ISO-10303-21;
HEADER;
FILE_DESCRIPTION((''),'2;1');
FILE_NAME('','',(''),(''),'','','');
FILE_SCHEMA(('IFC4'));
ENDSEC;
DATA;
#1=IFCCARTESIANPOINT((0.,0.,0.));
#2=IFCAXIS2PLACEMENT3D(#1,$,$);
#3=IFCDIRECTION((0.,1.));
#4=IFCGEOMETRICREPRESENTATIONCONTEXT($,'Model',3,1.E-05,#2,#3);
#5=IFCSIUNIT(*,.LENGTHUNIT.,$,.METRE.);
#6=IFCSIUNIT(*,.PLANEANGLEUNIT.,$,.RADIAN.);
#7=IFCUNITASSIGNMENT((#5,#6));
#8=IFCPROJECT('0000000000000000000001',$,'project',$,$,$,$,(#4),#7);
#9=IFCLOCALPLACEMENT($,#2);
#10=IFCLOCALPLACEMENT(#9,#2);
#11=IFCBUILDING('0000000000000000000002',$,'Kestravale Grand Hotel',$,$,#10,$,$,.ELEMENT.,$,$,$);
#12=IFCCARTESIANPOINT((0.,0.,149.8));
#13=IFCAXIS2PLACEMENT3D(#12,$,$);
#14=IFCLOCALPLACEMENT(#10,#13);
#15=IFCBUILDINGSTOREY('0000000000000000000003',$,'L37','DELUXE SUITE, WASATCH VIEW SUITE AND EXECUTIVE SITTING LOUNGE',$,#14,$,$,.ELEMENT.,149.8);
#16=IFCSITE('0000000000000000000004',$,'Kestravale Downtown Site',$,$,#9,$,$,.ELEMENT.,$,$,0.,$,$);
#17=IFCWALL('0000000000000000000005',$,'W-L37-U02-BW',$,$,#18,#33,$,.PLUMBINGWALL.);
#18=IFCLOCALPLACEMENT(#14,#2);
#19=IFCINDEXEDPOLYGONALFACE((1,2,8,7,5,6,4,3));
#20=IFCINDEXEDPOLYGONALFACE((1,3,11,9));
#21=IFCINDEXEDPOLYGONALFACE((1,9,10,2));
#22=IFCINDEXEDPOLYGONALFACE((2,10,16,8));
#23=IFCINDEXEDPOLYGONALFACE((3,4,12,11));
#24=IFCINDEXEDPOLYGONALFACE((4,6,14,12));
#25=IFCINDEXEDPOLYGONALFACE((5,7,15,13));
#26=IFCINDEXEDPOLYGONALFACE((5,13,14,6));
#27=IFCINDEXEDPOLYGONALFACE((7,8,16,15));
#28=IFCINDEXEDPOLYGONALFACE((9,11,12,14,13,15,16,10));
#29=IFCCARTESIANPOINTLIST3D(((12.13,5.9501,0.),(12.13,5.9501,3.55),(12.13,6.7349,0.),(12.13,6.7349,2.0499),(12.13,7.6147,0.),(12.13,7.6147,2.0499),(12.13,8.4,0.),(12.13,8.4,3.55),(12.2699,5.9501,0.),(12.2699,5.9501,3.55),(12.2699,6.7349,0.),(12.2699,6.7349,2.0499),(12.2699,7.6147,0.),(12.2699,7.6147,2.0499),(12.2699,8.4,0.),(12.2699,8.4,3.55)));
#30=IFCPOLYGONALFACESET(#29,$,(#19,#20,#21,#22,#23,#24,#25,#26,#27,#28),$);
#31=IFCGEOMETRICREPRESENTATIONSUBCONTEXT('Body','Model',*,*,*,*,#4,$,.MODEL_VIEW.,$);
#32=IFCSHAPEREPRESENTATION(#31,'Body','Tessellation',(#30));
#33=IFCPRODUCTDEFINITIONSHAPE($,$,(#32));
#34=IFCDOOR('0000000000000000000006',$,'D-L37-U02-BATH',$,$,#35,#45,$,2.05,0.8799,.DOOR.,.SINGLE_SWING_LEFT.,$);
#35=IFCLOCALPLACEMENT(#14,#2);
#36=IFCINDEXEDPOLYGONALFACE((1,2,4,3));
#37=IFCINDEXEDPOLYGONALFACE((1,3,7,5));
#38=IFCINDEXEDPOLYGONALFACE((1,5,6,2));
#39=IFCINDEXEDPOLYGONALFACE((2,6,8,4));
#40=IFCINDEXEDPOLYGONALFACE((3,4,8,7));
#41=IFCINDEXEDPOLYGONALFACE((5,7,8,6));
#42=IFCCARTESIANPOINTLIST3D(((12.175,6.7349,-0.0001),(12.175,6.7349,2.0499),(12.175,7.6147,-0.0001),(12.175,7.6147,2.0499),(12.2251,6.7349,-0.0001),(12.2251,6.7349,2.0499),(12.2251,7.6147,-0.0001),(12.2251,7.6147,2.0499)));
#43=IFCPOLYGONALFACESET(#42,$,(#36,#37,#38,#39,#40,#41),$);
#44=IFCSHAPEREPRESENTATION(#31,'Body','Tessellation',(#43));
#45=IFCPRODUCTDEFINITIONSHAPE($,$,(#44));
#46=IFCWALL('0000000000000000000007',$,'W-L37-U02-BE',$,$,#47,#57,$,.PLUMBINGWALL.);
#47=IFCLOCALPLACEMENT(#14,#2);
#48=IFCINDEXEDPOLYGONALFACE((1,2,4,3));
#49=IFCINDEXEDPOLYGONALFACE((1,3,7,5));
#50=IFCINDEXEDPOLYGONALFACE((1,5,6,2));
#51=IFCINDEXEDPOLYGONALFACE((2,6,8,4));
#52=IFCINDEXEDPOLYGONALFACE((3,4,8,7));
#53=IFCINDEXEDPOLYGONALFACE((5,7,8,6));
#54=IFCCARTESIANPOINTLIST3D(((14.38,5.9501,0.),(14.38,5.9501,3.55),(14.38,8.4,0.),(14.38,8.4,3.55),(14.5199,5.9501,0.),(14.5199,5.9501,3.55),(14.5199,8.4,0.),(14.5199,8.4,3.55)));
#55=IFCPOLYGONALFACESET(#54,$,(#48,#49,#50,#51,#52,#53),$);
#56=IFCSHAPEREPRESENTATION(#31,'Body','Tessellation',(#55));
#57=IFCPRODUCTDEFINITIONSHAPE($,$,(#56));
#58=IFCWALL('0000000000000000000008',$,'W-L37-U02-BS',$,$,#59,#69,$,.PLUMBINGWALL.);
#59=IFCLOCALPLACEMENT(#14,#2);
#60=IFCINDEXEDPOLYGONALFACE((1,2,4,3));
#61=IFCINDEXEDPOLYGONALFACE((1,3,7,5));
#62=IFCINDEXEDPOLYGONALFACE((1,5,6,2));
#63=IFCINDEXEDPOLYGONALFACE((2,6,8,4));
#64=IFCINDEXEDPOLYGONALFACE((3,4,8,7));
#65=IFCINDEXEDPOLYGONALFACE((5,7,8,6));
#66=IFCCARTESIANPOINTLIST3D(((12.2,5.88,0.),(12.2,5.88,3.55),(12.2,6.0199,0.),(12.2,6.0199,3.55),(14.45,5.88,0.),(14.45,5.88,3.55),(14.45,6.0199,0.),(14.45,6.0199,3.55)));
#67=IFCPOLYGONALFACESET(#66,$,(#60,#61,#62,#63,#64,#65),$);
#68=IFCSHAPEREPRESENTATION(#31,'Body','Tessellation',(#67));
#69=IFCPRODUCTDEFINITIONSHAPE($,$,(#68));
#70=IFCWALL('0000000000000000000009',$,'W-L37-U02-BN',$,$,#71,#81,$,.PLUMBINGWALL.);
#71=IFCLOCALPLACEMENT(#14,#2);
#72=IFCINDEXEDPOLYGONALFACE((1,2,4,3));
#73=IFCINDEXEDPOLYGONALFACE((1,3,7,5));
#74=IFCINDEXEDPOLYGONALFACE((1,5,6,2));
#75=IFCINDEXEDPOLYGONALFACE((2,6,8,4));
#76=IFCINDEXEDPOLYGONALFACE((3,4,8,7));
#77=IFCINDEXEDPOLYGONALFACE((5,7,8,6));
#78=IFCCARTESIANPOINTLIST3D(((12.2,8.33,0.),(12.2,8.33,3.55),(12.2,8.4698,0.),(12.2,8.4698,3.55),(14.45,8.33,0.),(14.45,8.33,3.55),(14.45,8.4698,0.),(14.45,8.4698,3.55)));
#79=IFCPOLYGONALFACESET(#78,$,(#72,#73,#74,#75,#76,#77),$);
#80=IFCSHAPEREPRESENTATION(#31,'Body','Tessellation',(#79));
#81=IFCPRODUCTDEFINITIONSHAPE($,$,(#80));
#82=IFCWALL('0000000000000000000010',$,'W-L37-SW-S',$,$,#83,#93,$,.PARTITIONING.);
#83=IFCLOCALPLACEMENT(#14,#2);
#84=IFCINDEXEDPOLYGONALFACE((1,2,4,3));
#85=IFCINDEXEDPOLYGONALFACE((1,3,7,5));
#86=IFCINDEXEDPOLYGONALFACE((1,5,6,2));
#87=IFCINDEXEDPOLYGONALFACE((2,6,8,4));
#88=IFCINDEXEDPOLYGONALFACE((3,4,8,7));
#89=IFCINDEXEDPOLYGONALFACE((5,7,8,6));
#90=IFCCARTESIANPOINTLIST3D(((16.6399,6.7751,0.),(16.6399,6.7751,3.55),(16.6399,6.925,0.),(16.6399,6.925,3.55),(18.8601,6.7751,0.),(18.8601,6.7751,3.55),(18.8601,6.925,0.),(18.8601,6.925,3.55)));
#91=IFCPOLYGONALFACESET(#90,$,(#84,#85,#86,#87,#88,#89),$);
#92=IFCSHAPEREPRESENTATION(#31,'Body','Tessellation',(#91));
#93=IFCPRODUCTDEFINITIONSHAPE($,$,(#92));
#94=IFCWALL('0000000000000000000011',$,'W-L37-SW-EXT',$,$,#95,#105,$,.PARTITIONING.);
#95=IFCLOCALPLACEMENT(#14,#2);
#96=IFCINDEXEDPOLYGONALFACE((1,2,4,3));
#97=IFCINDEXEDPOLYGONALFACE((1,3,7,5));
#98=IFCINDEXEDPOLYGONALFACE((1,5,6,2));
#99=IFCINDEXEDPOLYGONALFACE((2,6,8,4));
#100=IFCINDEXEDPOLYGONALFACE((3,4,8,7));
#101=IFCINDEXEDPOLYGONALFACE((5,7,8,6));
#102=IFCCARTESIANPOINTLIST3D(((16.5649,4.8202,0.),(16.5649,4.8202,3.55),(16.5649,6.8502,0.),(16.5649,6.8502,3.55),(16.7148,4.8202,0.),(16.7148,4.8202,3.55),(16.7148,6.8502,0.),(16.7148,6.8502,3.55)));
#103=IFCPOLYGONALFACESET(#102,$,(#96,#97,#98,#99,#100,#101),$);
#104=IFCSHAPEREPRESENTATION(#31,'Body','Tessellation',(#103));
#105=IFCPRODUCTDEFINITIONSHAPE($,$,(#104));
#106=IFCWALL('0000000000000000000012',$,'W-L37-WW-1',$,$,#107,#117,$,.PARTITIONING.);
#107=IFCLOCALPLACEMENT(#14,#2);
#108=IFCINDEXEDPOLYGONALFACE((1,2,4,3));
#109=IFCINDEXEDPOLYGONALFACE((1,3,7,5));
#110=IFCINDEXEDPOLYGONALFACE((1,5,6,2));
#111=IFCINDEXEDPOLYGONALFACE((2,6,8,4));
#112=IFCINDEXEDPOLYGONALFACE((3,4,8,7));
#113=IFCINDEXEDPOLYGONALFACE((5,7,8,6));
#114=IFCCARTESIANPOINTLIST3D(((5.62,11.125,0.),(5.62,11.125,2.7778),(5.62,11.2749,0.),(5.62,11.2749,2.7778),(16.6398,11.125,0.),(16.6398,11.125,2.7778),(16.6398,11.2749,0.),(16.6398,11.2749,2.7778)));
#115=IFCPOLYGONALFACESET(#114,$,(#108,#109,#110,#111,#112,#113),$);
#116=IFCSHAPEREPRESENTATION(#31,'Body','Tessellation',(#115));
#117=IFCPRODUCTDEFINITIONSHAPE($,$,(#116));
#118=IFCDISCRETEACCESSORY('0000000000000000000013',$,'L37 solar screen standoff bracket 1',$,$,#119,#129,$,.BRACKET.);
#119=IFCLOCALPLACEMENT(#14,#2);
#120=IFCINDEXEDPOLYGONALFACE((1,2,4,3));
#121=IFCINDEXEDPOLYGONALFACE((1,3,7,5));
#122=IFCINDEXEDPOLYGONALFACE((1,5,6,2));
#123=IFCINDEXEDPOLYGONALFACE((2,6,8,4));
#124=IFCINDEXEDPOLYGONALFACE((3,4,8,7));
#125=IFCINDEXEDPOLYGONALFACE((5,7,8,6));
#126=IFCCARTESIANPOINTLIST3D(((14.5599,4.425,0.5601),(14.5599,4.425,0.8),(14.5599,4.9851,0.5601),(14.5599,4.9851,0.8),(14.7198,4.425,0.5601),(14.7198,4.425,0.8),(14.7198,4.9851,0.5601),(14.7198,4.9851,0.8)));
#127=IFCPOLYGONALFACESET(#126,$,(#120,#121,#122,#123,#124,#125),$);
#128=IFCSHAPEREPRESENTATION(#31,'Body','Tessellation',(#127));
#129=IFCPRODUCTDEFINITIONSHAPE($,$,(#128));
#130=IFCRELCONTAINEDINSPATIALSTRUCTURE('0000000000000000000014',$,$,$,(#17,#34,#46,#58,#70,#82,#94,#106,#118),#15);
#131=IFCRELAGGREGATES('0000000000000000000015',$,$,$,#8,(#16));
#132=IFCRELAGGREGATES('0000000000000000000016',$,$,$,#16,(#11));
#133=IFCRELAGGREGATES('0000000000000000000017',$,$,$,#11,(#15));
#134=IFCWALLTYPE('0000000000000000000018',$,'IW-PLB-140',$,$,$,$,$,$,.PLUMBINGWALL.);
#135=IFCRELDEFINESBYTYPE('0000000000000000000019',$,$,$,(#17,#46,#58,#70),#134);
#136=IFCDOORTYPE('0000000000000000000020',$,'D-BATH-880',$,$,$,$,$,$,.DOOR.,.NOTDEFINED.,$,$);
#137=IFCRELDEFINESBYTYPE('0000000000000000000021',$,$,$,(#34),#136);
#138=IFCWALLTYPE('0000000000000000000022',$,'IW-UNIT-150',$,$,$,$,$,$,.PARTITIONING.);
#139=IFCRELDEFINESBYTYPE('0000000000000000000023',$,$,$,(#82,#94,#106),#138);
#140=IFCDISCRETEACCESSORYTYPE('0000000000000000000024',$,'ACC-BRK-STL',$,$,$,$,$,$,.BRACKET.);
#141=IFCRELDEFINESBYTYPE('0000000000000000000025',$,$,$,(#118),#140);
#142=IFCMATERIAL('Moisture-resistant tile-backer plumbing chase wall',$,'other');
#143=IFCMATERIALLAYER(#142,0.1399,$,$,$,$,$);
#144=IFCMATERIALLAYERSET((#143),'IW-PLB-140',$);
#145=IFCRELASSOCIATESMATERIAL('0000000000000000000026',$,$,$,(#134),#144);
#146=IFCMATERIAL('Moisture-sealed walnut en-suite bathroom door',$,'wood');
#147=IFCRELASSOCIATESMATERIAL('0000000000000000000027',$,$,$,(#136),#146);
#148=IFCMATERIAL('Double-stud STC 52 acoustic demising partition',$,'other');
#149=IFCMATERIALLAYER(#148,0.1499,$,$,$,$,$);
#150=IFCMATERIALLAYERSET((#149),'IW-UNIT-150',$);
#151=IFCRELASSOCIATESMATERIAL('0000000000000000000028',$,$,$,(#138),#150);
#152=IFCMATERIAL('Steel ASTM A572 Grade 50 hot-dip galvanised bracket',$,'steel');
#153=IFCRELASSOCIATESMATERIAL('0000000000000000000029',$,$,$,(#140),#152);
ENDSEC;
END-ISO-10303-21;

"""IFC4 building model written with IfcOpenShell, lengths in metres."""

from ifc_helpers import new_model, si_unit, direction, frame, frame_2d, origin, origin_2d, place, context, subcontext, project, spatial, rectangle, extrude, material, layer, layer_set, type_object, element, fill, save


model = new_model("IFC4")

# Units and contexts
model_context = context("Model", 3, precision=1e-05, world=origin(), true_north=direction((0.0, 1.0)))
body_context = subcontext(model_context, "Body", "Model", "MODEL_VIEW")
ifc_project = project(units=[si_unit("LENGTHUNIT", "METRE"), si_unit("PLANEANGLEUNIT", "RADIAN")], contexts=[model_context])

# Site, building, storey
site_placement = place(None, origin())
site = spatial("IfcSite", under=ifc_project, at=site_placement, Name="Kestravale Downtown Site", CompositionType="ELEMENT", RefElevation=0.0)
building_placement = place(site_placement, origin())
building = spatial("IfcBuilding", under=site, at=building_placement, Name="Kestravale Grand Hotel", CompositionType="ELEMENT")
storey_placement = place(building_placement, frame((0.0, 0.0, 149.8)))
storey = spatial("IfcBuildingStorey", under=building, at=storey_placement, Name="L37", Description="DELUXE SUITE, WASATCH VIEW SUITE AND EXECUTIVE SITTING LOUNGE", CompositionType="ELEMENT", Elevation=149.8)

# Wall, opening, door
ifc_material_1 = material(Name="Moisture-resistant tile-backer plumbing chase wall", Category="other")
ifc_layer_1 = layer(ifc_material_1, 0.1399)
ifc_layer_set_1 = layer_set([ifc_layer_1], Name="IW-PLB-140")
wall_type_1 = type_object("IfcWallType", Name="IW-PLB-140", PredefinedType="PLUMBINGWALL", material=ifc_layer_set_1)
wall_1_placement = place(storey_placement, frame((12.2, 5.95, 0.0), z_axis=(0.0, 0.0, 1.0), x_axis=(0.0, 1.0, 0.0)))
wall_1 = element("IfcWall", 1, at=wall_1_placement, inside=storey, type_object=wall_type_1, Name="W-L37-U02-BW", PredefinedType="PLUMBINGWALL", context=body_context, shape_type="SweptSolid", body=[
    extrude(rectangle(XDim=2.45, YDim=0.1399, at=frame_2d((1.2251, 0.0))), origin(), (0.0, 0.0, 1.0), 3.55),
])
opening_1_placement = place(wall_1_placement, frame((0.7849, 0.0, 0.0)))
opening_1 = element("IfcOpeningElement", 2, at=opening_1_placement, cuts=wall_1, PredefinedType="OPENING", context=body_context, shape_type="SweptSolid", body=[
    extrude(rectangle(XDim=0.8799, YDim=2.05, at=frame_2d((0.4399, 1.0249))), frame((0.0, 0.0798, 0.0), z_axis=(0.0, -1.0, 0.0), x_axis=(1.0, 0.0, 0.0)), (0.0, 0.0, 1.0), 0.1599),
])
ifc_material_2 = material(Name="Moisture-sealed walnut en-suite bathroom door", Category="wood")
door_type_1 = type_object("IfcDoorType", Name="D-BATH-880", OperationType="NOTDEFINED", PredefinedType="DOOR", material=ifc_material_2)
door_1_placement = place(opening_1_placement, origin())
door_1 = element("IfcDoor", 3, at=door_1_placement, inside=storey, type_object=door_type_1, Name="D-L37-U02-BATH", OperationType="SINGLE_SWING_LEFT", OverallHeight=2.05, OverallWidth=0.8799, PredefinedType="DOOR", context=body_context, shape_type="SweptSolid", body=[
    extrude(rectangle(XDim=0.8799, YDim=2.05, at=frame_2d((0.4399, 1.0249))), frame((0.0, 0.0249, 0.0), z_axis=(0.0, -1.0, 0.0), x_axis=(1.0, 0.0, 0.0)), (0.0, 0.0, 1.0), 0.05),
])
fill(opening_1, door_1)

# Walls
wall_2_placement = place(storey_placement, frame((14.45, 5.95, 0.0), z_axis=(0.0, 0.0, 1.0), x_axis=(0.0, 1.0, 0.0)))
element("IfcWall", 4, at=wall_2_placement, inside=storey, type_object=wall_type_1, Name="W-L37-U02-BE", PredefinedType="PLUMBINGWALL", context=body_context, shape_type="SweptSolid", body=[
    extrude(rectangle(XDim=2.45, YDim=0.1399, at=frame_2d((1.2251, 0.0))), origin(), (0.0, 0.0, 1.0), 3.55),
])
for number, where, z_axis, x_axis, name in (
    (5, (12.2, 5.95, 0.0), (0.0, 0.0, 1.0), (1.0, 0.0, 0.0), "W-L37-U02-BS"),
    (6, (12.2, 8.3999, 0.0), (0.0, 0.0, 1.0), (1.0, 0.0, 0.0), "W-L37-U02-BN"),
):
    element("IfcWall", number, at=place(storey_placement, frame(where, z_axis=z_axis, x_axis=x_axis)), inside=storey, type_object=wall_type_1, Name=name, PredefinedType="PLUMBINGWALL", context=body_context, shape_type="SweptSolid", body=[
        extrude(rectangle(XDim=2.25, YDim=0.1399, at=frame_2d((1.125, 0.0))), origin(), (0.0, 0.0, 1.0), 3.55),
    ])
ifc_material_3 = material(Name="Double-stud STC 52 acoustic demising partition", Category="other")
ifc_layer_2 = layer(ifc_material_3, 0.1499)
ifc_layer_set_2 = layer_set([ifc_layer_2], Name="IW-UNIT-150")
wall_type_2 = type_object("IfcWallType", Name="IW-UNIT-150", PredefinedType="PARTITIONING", material=ifc_layer_set_2)
wall_3_placement = place(storey_placement, frame((16.6399, 6.8501, 0.0), z_axis=(0.0, 0.0, 1.0), x_axis=(1.0, 0.0, 0.0)))
element("IfcWall", 7, at=wall_3_placement, inside=storey, type_object=wall_type_2, Name="W-L37-SW-S", PredefinedType="PARTITIONING", context=body_context, shape_type="SweptSolid", body=[
    extrude(rectangle(XDim=2.2202, YDim=0.1499, at=frame_2d((1.1101, 0.0))), origin(), (0.0, 0.0, 1.0), 3.55),
])
wall_4_placement = place(storey_placement, frame((16.6399, 4.8201, 0.0), z_axis=(0.0, 0.0, 1.0), x_axis=(0.0, 1.0, 0.0)))
element("IfcWall", 8, at=wall_4_placement, inside=storey, type_object=wall_type_2, Name="W-L37-SW-EXT", PredefinedType="PARTITIONING", context=body_context, shape_type="SweptSolid", body=[
    extrude(rectangle(XDim=2.03, YDim=0.1499, at=frame_2d((1.0151, 0.0))), origin(), (0.0, 0.0, 1.0), 3.55),
])
wall_5_placement = place(storey_placement, frame((5.6201, 11.2, 0.0), z_axis=(0.0, 0.0, 1.0), x_axis=(1.0, 0.0, 0.0)))
element("IfcWall", 9, at=wall_5_placement, inside=storey, type_object=wall_type_2, Name="W-L37-WW-1", PredefinedType="PARTITIONING", context=body_context, shape_type="SweptSolid", body=[
    extrude(rectangle(XDim=11.0198, YDim=0.1499, at=frame_2d((5.5098, 0.0))), origin(), (0.0, 0.0, 1.0), 2.7778),
])

# Discrete accessory
ifc_material_4 = material(Name="Steel ASTM A572 Grade 50 hot-dip galvanised bracket", Category="steel")
discrete_accessory_type = type_object("IfcDiscreteAccessoryType", Name="ACC-BRK-STL", PredefinedType="BRACKET", material=ifc_material_4)
discrete_accessory_placement = place(storey_placement, frame((14.6399, 4.7051, 0.5601), z_axis=(0.0, 0.0, 1.0), x_axis=(1.0, 0.0, 0.0)))
element("IfcDiscreteAccessory", 10, at=discrete_accessory_placement, inside=storey, type_object=discrete_accessory_type, Name="L37 solar screen standoff bracket 1", PredefinedType="BRACKET", context=body_context, shape_type="SweptSolid", body=[
    extrude(rectangle(XDim=0.1599, YDim=0.5601, at=origin_2d()), origin(), (0.0, 0.0, 1.0), 0.24),
])

save(model, "model.ifc")
